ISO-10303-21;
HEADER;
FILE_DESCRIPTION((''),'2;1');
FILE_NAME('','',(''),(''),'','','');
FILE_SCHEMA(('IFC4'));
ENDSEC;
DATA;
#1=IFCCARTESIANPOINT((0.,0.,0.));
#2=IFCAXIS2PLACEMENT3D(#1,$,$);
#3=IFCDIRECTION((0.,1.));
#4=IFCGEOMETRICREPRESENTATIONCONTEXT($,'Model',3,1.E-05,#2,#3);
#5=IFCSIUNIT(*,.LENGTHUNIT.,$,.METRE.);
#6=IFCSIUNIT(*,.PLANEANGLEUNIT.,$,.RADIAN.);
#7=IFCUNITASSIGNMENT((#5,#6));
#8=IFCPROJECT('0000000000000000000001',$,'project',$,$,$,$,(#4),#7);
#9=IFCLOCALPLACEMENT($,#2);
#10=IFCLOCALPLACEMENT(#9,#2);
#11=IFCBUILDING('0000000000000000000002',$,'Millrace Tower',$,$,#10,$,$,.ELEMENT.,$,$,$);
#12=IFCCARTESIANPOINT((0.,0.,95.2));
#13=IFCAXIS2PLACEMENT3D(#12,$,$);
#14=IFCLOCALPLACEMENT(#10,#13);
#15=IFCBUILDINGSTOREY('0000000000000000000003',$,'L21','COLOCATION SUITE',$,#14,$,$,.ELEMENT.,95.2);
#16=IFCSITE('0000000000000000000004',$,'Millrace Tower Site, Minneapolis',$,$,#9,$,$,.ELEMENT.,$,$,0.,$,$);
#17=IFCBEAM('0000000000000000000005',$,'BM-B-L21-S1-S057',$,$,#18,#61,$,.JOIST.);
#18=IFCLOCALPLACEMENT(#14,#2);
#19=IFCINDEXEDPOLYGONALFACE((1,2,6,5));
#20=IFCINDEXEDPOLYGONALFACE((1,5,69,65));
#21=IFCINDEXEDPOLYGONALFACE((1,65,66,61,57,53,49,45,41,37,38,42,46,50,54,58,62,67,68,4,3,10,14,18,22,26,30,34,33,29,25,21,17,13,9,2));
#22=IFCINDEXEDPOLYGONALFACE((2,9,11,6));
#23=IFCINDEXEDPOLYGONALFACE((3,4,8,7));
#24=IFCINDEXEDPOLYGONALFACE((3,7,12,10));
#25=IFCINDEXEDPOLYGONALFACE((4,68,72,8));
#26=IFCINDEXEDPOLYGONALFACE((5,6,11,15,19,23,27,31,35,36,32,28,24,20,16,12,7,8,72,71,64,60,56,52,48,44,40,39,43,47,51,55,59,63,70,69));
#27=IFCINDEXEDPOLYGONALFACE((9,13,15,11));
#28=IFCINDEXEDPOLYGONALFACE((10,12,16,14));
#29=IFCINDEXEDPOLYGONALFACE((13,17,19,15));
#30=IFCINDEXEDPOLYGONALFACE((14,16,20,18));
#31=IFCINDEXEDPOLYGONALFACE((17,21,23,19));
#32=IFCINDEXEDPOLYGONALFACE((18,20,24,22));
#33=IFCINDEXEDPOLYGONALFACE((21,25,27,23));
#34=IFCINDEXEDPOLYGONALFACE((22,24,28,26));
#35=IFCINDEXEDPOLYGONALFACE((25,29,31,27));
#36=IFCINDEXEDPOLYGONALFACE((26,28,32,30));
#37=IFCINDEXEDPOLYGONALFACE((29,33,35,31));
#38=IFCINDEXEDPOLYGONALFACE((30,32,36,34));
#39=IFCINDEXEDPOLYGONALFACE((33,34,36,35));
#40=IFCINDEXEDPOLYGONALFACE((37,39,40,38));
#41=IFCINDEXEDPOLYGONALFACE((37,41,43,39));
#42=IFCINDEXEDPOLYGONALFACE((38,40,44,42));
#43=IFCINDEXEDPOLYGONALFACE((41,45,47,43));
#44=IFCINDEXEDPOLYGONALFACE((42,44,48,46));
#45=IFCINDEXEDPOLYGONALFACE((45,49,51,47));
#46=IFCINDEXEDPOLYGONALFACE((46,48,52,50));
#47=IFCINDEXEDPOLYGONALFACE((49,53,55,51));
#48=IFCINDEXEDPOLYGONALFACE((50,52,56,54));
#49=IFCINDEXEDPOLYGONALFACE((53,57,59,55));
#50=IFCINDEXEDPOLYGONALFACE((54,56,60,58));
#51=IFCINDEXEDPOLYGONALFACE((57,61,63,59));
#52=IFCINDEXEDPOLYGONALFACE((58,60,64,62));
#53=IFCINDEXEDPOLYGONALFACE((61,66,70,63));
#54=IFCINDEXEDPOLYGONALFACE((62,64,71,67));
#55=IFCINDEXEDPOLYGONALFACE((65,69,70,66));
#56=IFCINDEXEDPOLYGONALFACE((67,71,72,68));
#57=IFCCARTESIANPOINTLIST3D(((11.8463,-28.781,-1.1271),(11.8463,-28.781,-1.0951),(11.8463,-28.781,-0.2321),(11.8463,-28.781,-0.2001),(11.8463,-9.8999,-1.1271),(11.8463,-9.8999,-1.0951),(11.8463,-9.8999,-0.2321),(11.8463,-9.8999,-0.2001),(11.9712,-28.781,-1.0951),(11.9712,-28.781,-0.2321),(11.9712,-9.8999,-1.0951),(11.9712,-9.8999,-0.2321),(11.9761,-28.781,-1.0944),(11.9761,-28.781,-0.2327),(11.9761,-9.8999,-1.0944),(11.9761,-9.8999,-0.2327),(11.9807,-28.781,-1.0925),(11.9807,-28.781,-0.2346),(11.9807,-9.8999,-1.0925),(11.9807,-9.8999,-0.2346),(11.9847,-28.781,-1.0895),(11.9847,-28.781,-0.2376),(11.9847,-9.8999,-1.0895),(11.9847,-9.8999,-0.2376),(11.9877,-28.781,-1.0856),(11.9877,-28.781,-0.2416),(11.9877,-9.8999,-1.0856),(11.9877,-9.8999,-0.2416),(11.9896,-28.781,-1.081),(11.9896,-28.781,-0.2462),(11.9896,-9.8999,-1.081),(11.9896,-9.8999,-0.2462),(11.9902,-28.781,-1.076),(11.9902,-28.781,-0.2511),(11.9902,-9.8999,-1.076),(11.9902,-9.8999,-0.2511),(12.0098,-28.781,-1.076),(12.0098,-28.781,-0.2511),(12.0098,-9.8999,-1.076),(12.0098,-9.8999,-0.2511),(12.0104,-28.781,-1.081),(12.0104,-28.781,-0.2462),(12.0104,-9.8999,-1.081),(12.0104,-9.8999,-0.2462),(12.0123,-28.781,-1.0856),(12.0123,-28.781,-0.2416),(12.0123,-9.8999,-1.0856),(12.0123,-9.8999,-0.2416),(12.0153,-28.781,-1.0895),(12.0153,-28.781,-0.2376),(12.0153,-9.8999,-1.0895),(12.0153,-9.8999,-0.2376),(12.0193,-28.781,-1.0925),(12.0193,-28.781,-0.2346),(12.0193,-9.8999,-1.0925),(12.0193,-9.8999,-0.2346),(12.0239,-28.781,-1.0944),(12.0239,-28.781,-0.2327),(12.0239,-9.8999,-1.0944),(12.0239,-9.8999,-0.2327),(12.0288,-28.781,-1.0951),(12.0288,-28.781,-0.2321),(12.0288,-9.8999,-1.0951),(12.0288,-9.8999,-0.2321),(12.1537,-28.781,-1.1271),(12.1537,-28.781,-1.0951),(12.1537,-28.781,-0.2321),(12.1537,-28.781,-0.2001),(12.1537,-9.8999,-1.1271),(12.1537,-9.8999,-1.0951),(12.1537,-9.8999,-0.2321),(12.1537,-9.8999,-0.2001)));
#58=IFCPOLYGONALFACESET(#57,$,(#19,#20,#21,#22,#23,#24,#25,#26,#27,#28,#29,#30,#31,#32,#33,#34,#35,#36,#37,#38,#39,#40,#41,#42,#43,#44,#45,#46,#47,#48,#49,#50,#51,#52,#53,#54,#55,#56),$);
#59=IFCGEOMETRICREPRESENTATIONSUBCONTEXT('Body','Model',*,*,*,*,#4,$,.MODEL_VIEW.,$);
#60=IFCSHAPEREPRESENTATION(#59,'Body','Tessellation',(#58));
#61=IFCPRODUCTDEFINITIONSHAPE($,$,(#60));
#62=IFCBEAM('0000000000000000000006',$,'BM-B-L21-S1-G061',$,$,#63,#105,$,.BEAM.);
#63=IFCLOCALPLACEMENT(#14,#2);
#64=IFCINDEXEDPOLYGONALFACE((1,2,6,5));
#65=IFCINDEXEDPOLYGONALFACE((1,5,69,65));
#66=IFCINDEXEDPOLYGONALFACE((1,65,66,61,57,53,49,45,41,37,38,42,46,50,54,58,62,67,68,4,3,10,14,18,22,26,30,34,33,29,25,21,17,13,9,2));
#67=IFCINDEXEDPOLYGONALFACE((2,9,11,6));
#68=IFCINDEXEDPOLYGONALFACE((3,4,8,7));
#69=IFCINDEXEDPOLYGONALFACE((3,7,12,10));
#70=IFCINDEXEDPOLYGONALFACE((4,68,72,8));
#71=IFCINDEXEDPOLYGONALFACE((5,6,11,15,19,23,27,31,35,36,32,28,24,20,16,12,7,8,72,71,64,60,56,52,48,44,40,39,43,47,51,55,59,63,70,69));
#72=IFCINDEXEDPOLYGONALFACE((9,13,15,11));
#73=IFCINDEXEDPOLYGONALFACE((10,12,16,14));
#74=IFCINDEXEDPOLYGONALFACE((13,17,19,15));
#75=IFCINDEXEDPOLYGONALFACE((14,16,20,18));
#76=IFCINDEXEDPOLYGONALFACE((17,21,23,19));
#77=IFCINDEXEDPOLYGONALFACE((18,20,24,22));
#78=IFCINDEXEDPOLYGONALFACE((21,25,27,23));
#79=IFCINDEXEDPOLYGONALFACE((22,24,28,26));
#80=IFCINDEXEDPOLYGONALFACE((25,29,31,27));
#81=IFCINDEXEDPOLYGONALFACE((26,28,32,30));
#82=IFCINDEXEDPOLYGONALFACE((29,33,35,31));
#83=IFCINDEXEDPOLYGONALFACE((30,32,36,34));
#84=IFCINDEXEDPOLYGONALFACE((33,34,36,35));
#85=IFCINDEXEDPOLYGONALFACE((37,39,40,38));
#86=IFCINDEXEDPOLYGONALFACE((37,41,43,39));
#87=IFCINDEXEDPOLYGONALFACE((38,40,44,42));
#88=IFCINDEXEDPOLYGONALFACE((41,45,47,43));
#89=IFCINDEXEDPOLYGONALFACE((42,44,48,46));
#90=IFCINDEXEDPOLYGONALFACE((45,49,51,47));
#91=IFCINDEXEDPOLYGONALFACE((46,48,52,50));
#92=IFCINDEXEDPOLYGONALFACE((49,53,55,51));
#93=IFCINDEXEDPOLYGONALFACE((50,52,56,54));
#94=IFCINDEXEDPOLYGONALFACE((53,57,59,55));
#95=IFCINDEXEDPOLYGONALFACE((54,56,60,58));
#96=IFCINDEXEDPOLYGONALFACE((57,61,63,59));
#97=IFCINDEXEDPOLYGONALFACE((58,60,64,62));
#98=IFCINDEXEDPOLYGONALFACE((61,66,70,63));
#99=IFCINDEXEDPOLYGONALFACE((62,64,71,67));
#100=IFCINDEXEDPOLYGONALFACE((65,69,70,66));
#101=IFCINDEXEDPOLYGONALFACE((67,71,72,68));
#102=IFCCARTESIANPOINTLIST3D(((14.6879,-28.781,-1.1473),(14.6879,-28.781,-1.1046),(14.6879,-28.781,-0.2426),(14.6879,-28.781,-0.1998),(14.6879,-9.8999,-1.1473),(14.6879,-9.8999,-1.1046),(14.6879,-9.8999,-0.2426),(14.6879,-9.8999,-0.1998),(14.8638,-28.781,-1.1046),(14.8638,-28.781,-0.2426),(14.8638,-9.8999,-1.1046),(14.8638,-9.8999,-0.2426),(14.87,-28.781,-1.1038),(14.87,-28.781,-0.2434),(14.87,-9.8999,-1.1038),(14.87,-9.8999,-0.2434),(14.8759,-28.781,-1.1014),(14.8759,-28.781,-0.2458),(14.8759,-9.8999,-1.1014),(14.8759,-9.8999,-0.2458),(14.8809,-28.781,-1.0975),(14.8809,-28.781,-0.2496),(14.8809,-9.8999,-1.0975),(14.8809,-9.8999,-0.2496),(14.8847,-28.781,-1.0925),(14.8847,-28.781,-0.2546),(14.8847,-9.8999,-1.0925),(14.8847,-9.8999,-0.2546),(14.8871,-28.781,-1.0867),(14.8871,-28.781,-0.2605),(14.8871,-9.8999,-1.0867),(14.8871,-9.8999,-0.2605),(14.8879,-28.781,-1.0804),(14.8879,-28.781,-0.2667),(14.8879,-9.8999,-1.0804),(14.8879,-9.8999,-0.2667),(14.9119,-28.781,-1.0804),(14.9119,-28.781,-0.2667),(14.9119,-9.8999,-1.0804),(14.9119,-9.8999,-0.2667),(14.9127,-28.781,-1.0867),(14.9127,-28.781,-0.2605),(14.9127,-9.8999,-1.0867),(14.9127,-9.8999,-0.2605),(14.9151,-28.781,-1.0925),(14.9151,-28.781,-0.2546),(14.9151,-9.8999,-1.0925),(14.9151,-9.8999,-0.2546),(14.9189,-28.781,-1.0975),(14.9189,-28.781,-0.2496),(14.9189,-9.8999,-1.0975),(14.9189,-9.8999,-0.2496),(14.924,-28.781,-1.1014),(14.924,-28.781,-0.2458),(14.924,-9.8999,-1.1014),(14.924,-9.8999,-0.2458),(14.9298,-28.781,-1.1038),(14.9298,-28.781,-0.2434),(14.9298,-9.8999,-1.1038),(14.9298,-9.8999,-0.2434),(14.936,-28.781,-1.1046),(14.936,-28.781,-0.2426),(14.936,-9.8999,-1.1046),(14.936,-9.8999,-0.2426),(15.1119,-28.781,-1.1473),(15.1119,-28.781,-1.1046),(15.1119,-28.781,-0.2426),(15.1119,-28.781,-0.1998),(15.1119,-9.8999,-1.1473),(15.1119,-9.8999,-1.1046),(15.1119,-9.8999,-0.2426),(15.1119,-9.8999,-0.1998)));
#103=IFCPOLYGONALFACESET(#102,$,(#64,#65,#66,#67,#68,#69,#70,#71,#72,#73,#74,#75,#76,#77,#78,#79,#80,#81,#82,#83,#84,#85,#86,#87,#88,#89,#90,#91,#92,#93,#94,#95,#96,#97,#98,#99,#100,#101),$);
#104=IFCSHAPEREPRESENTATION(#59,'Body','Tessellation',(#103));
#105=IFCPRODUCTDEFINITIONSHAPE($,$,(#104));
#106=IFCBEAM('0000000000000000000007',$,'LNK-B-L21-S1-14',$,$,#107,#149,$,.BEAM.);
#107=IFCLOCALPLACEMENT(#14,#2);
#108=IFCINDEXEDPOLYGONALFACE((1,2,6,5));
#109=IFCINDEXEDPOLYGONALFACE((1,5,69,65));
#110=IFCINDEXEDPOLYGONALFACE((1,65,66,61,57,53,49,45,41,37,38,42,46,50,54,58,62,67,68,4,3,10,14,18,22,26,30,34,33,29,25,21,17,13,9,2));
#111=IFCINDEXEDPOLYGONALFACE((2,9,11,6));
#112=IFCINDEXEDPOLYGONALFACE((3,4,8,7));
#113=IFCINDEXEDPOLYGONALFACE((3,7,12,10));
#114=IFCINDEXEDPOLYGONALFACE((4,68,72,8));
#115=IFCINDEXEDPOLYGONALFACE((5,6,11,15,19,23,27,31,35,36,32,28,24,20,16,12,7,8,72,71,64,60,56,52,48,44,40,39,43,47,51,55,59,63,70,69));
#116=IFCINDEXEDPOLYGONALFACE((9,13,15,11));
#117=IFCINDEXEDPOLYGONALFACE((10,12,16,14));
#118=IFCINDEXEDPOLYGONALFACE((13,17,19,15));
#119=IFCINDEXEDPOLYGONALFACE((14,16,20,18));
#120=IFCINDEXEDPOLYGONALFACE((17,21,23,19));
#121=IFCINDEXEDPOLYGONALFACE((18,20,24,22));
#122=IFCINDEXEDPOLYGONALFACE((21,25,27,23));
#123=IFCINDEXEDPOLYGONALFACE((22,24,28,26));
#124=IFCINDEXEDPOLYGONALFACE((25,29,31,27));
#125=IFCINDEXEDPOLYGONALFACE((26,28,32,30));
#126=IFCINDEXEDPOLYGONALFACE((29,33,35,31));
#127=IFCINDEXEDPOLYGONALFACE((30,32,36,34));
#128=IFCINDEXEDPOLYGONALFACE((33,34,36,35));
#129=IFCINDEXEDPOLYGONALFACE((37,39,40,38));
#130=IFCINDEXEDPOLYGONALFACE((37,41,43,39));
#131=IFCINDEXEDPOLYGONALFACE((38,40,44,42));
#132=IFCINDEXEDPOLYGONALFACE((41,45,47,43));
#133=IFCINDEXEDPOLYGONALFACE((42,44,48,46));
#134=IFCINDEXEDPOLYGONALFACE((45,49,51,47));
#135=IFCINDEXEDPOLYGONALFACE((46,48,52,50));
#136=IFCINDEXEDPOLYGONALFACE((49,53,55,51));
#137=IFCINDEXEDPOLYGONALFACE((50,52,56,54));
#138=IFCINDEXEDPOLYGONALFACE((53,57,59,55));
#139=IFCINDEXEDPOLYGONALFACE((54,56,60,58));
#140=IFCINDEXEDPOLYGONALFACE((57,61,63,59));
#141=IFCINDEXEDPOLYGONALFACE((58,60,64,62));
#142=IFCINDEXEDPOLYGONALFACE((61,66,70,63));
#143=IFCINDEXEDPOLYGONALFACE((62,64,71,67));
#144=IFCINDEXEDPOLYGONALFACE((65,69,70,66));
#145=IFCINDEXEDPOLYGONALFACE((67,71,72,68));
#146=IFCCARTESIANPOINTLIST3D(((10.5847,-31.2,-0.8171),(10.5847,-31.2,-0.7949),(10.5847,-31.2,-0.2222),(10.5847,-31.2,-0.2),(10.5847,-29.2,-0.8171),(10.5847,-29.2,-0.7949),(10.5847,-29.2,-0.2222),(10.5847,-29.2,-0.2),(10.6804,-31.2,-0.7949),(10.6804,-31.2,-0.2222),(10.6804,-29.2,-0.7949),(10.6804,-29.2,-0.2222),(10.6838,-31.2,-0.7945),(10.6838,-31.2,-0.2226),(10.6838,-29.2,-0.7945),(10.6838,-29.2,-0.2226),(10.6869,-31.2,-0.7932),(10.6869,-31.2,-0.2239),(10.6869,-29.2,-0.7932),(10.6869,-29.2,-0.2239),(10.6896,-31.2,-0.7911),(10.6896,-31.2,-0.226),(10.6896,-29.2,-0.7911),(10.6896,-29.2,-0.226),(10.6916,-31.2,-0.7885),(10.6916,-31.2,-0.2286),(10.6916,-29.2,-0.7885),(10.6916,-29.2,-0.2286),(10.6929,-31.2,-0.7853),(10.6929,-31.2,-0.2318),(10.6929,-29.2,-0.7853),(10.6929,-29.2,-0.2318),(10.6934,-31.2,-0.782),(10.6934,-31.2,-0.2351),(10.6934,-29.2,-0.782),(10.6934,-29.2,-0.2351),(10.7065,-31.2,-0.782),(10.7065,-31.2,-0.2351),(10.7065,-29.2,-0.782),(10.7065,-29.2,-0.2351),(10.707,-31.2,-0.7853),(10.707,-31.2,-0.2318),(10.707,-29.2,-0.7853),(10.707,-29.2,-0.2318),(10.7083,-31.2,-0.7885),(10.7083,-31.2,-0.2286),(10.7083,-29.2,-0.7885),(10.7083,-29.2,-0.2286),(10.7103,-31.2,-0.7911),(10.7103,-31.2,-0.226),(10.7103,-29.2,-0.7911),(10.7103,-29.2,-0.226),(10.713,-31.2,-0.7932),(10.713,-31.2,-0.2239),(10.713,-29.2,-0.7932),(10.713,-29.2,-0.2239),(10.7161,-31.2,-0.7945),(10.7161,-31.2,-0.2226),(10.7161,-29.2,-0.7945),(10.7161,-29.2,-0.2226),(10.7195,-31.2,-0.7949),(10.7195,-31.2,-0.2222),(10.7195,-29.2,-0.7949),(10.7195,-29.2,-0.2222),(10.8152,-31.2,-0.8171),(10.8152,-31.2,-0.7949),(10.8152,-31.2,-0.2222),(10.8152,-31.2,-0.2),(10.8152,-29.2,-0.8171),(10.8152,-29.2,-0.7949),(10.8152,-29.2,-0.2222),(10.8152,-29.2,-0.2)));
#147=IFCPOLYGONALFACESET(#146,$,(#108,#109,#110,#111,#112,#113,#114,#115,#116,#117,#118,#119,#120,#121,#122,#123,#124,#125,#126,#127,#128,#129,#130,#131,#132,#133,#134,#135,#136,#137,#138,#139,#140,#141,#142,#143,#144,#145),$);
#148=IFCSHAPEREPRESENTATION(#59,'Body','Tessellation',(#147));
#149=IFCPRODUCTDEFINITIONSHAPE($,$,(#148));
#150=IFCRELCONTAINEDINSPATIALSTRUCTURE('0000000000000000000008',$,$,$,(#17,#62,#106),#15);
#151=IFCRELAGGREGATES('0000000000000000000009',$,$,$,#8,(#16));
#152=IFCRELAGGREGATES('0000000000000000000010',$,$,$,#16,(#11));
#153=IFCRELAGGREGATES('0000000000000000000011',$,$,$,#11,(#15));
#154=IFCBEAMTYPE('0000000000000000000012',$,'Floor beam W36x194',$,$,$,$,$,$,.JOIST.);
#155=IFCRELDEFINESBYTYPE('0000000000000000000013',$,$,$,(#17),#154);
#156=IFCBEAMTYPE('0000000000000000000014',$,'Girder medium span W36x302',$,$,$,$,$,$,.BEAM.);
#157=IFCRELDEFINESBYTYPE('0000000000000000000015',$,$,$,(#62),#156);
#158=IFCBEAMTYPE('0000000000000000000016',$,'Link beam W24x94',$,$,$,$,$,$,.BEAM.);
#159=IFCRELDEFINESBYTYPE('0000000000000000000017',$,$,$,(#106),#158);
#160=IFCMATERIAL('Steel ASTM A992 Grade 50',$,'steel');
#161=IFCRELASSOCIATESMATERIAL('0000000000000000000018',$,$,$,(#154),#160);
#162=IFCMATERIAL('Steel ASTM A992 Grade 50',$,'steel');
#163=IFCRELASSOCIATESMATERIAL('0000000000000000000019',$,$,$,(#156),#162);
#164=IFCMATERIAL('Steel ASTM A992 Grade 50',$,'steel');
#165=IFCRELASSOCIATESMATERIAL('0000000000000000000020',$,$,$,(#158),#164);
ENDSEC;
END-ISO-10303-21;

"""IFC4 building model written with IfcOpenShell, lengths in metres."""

from ifc_helpers import new_model, si_unit, direction, frame, origin, origin_2d, place, context, subcontext, project, spatial, i_section, extrude, material, material_profile, profile_set, type_object, element, save


model = new_model("IFC4")

# Units and contexts
model_context = context("Model", 3, precision=1e-05, world=origin(), true_north=direction((0.0, 1.0)))
body_context = subcontext(model_context, "Body", "Model", "MODEL_VIEW")
ifc_project = project(units=[si_unit("LENGTHUNIT", "METRE"), si_unit("PLANEANGLEUNIT", "RADIAN")], contexts=[model_context])

# Site, building, storey
site_placement = place(None, origin())
site = spatial("IfcSite", under=ifc_project, at=site_placement, Name="Millrace Tower Site, Minneapolis", CompositionType="ELEMENT", RefElevation=0.0)
building_placement = place(site_placement, origin())
building = spatial("IfcBuilding", under=site, at=building_placement, Name="Millrace Tower", CompositionType="ELEMENT")
storey_placement = place(building_placement, frame((0.0, 0.0, 95.2)))
storey = spatial("IfcBuildingStorey", under=building, at=storey_placement, Name="L21", Description="COLOCATION SUITE", CompositionType="ELEMENT", Elevation=95.2)

# Beams
ifc_material_1 = material(Name="Steel ASTM A992 Grade 50", Category="steel")
ifc_material_profile_1 = material_profile(ifc_material_1, i_section(OverallWidth=0.3074, OverallDepth=0.927, WebThickness=0.0195, FlangeThickness=0.032, FilletRadius=0.019, at=origin_2d()))
ifc_profile_set_1 = profile_set([ifc_material_profile_1], Name="Steel ASTM A992 Grade 50")
beam_type_1 = type_object("IfcBeamType", Name="Floor beam W36x194", PredefinedType="JOIST", material=ifc_profile_set_1)
for number, where, z_axis, x_axis, name in (
    (1, (12.0, -28.781, -0.6636), (0.0, 1.0, 0.0), (-1.0, 0.0, 0.0), "BM-B-L21-S1-S057"),
):
    element("IfcBeam", number, at=place(storey_placement, frame(where, z_axis=z_axis, x_axis=x_axis)), inside=storey, type_object=beam_type_1, Name=name, PredefinedType="JOIST", context=body_context, shape_type="SweptSolid", body=[
        extrude(i_section(OverallWidth=0.3074, OverallDepth=0.927, WebThickness=0.0195, FlangeThickness=0.032, FilletRadius=0.019, at=origin_2d()), origin(), (0.0, 0.0, 1.0), 18.8811),
    ])
ifc_material_2 = material(Name="Steel ASTM A992 Grade 50", Category="steel")
ifc_material_profile_2 = material_profile(ifc_material_2, i_section(OverallWidth=0.4241, OverallDepth=0.9475, WebThickness=0.0239, FlangeThickness=0.0427, FilletRadius=0.0242, at=origin_2d()))
ifc_profile_set_2 = profile_set([ifc_material_profile_2], Name="Steel ASTM A992 Grade 50")
beam_type_2 = type_object("IfcBeamType", Name="Girder medium span W36x302", PredefinedType="BEAM", material=ifc_profile_set_2)
beam_1_placement = place(storey_placement, frame((14.8999, -28.781, -0.6736), z_axis=(0.0, 1.0, 0.0), x_axis=(-1.0, 0.0, 0.0)))
element("IfcBeam", 2, at=beam_1_placement, inside=storey, type_object=beam_type_2, Name="BM-B-L21-S1-G061", PredefinedType="BEAM", context=body_context, shape_type="SweptSolid", body=[
    extrude(i_section(OverallWidth=0.4241, OverallDepth=0.9475, WebThickness=0.0239, FlangeThickness=0.0427, FilletRadius=0.0242, at=origin_2d()), origin(), (0.0, 0.0, 1.0), 18.8811),
])
ifc_material_3 = material(Name="Steel ASTM A992 Grade 50", Category="steel")
ifc_material_profile_3 = material_profile(ifc_material_3, i_section(OverallWidth=0.2305, OverallDepth=0.6172, WebThickness=0.0132, FlangeThickness=0.0222, FilletRadius=0.0129, at=origin_2d()))
ifc_profile_set_3 = profile_set([ifc_material_profile_3], Name="Steel ASTM A992 Grade 50")
beam_type_3 = type_object("IfcBeamType", Name="Link beam W24x94", PredefinedType="BEAM", material=ifc_profile_set_3)
beam_2_placement = place(storey_placement, frame((10.7, -29.2, -0.5085), z_axis=(0.0, -1.0, 0.0), x_axis=(1.0, 0.0, 0.0)))
element("IfcBeam", 3, at=beam_2_placement, inside=storey, type_object=beam_type_3, Name="LNK-B-L21-S1-14", PredefinedType="BEAM", context=body_context, shape_type="SweptSolid", body=[
    extrude(i_section(OverallWidth=0.2305, OverallDepth=0.6172, WebThickness=0.0132, FlangeThickness=0.0222, FilletRadius=0.0129, at=origin_2d()), origin(), (0.0, 0.0, 1.0), 2.0),
])

save(model, "model.ifc")
